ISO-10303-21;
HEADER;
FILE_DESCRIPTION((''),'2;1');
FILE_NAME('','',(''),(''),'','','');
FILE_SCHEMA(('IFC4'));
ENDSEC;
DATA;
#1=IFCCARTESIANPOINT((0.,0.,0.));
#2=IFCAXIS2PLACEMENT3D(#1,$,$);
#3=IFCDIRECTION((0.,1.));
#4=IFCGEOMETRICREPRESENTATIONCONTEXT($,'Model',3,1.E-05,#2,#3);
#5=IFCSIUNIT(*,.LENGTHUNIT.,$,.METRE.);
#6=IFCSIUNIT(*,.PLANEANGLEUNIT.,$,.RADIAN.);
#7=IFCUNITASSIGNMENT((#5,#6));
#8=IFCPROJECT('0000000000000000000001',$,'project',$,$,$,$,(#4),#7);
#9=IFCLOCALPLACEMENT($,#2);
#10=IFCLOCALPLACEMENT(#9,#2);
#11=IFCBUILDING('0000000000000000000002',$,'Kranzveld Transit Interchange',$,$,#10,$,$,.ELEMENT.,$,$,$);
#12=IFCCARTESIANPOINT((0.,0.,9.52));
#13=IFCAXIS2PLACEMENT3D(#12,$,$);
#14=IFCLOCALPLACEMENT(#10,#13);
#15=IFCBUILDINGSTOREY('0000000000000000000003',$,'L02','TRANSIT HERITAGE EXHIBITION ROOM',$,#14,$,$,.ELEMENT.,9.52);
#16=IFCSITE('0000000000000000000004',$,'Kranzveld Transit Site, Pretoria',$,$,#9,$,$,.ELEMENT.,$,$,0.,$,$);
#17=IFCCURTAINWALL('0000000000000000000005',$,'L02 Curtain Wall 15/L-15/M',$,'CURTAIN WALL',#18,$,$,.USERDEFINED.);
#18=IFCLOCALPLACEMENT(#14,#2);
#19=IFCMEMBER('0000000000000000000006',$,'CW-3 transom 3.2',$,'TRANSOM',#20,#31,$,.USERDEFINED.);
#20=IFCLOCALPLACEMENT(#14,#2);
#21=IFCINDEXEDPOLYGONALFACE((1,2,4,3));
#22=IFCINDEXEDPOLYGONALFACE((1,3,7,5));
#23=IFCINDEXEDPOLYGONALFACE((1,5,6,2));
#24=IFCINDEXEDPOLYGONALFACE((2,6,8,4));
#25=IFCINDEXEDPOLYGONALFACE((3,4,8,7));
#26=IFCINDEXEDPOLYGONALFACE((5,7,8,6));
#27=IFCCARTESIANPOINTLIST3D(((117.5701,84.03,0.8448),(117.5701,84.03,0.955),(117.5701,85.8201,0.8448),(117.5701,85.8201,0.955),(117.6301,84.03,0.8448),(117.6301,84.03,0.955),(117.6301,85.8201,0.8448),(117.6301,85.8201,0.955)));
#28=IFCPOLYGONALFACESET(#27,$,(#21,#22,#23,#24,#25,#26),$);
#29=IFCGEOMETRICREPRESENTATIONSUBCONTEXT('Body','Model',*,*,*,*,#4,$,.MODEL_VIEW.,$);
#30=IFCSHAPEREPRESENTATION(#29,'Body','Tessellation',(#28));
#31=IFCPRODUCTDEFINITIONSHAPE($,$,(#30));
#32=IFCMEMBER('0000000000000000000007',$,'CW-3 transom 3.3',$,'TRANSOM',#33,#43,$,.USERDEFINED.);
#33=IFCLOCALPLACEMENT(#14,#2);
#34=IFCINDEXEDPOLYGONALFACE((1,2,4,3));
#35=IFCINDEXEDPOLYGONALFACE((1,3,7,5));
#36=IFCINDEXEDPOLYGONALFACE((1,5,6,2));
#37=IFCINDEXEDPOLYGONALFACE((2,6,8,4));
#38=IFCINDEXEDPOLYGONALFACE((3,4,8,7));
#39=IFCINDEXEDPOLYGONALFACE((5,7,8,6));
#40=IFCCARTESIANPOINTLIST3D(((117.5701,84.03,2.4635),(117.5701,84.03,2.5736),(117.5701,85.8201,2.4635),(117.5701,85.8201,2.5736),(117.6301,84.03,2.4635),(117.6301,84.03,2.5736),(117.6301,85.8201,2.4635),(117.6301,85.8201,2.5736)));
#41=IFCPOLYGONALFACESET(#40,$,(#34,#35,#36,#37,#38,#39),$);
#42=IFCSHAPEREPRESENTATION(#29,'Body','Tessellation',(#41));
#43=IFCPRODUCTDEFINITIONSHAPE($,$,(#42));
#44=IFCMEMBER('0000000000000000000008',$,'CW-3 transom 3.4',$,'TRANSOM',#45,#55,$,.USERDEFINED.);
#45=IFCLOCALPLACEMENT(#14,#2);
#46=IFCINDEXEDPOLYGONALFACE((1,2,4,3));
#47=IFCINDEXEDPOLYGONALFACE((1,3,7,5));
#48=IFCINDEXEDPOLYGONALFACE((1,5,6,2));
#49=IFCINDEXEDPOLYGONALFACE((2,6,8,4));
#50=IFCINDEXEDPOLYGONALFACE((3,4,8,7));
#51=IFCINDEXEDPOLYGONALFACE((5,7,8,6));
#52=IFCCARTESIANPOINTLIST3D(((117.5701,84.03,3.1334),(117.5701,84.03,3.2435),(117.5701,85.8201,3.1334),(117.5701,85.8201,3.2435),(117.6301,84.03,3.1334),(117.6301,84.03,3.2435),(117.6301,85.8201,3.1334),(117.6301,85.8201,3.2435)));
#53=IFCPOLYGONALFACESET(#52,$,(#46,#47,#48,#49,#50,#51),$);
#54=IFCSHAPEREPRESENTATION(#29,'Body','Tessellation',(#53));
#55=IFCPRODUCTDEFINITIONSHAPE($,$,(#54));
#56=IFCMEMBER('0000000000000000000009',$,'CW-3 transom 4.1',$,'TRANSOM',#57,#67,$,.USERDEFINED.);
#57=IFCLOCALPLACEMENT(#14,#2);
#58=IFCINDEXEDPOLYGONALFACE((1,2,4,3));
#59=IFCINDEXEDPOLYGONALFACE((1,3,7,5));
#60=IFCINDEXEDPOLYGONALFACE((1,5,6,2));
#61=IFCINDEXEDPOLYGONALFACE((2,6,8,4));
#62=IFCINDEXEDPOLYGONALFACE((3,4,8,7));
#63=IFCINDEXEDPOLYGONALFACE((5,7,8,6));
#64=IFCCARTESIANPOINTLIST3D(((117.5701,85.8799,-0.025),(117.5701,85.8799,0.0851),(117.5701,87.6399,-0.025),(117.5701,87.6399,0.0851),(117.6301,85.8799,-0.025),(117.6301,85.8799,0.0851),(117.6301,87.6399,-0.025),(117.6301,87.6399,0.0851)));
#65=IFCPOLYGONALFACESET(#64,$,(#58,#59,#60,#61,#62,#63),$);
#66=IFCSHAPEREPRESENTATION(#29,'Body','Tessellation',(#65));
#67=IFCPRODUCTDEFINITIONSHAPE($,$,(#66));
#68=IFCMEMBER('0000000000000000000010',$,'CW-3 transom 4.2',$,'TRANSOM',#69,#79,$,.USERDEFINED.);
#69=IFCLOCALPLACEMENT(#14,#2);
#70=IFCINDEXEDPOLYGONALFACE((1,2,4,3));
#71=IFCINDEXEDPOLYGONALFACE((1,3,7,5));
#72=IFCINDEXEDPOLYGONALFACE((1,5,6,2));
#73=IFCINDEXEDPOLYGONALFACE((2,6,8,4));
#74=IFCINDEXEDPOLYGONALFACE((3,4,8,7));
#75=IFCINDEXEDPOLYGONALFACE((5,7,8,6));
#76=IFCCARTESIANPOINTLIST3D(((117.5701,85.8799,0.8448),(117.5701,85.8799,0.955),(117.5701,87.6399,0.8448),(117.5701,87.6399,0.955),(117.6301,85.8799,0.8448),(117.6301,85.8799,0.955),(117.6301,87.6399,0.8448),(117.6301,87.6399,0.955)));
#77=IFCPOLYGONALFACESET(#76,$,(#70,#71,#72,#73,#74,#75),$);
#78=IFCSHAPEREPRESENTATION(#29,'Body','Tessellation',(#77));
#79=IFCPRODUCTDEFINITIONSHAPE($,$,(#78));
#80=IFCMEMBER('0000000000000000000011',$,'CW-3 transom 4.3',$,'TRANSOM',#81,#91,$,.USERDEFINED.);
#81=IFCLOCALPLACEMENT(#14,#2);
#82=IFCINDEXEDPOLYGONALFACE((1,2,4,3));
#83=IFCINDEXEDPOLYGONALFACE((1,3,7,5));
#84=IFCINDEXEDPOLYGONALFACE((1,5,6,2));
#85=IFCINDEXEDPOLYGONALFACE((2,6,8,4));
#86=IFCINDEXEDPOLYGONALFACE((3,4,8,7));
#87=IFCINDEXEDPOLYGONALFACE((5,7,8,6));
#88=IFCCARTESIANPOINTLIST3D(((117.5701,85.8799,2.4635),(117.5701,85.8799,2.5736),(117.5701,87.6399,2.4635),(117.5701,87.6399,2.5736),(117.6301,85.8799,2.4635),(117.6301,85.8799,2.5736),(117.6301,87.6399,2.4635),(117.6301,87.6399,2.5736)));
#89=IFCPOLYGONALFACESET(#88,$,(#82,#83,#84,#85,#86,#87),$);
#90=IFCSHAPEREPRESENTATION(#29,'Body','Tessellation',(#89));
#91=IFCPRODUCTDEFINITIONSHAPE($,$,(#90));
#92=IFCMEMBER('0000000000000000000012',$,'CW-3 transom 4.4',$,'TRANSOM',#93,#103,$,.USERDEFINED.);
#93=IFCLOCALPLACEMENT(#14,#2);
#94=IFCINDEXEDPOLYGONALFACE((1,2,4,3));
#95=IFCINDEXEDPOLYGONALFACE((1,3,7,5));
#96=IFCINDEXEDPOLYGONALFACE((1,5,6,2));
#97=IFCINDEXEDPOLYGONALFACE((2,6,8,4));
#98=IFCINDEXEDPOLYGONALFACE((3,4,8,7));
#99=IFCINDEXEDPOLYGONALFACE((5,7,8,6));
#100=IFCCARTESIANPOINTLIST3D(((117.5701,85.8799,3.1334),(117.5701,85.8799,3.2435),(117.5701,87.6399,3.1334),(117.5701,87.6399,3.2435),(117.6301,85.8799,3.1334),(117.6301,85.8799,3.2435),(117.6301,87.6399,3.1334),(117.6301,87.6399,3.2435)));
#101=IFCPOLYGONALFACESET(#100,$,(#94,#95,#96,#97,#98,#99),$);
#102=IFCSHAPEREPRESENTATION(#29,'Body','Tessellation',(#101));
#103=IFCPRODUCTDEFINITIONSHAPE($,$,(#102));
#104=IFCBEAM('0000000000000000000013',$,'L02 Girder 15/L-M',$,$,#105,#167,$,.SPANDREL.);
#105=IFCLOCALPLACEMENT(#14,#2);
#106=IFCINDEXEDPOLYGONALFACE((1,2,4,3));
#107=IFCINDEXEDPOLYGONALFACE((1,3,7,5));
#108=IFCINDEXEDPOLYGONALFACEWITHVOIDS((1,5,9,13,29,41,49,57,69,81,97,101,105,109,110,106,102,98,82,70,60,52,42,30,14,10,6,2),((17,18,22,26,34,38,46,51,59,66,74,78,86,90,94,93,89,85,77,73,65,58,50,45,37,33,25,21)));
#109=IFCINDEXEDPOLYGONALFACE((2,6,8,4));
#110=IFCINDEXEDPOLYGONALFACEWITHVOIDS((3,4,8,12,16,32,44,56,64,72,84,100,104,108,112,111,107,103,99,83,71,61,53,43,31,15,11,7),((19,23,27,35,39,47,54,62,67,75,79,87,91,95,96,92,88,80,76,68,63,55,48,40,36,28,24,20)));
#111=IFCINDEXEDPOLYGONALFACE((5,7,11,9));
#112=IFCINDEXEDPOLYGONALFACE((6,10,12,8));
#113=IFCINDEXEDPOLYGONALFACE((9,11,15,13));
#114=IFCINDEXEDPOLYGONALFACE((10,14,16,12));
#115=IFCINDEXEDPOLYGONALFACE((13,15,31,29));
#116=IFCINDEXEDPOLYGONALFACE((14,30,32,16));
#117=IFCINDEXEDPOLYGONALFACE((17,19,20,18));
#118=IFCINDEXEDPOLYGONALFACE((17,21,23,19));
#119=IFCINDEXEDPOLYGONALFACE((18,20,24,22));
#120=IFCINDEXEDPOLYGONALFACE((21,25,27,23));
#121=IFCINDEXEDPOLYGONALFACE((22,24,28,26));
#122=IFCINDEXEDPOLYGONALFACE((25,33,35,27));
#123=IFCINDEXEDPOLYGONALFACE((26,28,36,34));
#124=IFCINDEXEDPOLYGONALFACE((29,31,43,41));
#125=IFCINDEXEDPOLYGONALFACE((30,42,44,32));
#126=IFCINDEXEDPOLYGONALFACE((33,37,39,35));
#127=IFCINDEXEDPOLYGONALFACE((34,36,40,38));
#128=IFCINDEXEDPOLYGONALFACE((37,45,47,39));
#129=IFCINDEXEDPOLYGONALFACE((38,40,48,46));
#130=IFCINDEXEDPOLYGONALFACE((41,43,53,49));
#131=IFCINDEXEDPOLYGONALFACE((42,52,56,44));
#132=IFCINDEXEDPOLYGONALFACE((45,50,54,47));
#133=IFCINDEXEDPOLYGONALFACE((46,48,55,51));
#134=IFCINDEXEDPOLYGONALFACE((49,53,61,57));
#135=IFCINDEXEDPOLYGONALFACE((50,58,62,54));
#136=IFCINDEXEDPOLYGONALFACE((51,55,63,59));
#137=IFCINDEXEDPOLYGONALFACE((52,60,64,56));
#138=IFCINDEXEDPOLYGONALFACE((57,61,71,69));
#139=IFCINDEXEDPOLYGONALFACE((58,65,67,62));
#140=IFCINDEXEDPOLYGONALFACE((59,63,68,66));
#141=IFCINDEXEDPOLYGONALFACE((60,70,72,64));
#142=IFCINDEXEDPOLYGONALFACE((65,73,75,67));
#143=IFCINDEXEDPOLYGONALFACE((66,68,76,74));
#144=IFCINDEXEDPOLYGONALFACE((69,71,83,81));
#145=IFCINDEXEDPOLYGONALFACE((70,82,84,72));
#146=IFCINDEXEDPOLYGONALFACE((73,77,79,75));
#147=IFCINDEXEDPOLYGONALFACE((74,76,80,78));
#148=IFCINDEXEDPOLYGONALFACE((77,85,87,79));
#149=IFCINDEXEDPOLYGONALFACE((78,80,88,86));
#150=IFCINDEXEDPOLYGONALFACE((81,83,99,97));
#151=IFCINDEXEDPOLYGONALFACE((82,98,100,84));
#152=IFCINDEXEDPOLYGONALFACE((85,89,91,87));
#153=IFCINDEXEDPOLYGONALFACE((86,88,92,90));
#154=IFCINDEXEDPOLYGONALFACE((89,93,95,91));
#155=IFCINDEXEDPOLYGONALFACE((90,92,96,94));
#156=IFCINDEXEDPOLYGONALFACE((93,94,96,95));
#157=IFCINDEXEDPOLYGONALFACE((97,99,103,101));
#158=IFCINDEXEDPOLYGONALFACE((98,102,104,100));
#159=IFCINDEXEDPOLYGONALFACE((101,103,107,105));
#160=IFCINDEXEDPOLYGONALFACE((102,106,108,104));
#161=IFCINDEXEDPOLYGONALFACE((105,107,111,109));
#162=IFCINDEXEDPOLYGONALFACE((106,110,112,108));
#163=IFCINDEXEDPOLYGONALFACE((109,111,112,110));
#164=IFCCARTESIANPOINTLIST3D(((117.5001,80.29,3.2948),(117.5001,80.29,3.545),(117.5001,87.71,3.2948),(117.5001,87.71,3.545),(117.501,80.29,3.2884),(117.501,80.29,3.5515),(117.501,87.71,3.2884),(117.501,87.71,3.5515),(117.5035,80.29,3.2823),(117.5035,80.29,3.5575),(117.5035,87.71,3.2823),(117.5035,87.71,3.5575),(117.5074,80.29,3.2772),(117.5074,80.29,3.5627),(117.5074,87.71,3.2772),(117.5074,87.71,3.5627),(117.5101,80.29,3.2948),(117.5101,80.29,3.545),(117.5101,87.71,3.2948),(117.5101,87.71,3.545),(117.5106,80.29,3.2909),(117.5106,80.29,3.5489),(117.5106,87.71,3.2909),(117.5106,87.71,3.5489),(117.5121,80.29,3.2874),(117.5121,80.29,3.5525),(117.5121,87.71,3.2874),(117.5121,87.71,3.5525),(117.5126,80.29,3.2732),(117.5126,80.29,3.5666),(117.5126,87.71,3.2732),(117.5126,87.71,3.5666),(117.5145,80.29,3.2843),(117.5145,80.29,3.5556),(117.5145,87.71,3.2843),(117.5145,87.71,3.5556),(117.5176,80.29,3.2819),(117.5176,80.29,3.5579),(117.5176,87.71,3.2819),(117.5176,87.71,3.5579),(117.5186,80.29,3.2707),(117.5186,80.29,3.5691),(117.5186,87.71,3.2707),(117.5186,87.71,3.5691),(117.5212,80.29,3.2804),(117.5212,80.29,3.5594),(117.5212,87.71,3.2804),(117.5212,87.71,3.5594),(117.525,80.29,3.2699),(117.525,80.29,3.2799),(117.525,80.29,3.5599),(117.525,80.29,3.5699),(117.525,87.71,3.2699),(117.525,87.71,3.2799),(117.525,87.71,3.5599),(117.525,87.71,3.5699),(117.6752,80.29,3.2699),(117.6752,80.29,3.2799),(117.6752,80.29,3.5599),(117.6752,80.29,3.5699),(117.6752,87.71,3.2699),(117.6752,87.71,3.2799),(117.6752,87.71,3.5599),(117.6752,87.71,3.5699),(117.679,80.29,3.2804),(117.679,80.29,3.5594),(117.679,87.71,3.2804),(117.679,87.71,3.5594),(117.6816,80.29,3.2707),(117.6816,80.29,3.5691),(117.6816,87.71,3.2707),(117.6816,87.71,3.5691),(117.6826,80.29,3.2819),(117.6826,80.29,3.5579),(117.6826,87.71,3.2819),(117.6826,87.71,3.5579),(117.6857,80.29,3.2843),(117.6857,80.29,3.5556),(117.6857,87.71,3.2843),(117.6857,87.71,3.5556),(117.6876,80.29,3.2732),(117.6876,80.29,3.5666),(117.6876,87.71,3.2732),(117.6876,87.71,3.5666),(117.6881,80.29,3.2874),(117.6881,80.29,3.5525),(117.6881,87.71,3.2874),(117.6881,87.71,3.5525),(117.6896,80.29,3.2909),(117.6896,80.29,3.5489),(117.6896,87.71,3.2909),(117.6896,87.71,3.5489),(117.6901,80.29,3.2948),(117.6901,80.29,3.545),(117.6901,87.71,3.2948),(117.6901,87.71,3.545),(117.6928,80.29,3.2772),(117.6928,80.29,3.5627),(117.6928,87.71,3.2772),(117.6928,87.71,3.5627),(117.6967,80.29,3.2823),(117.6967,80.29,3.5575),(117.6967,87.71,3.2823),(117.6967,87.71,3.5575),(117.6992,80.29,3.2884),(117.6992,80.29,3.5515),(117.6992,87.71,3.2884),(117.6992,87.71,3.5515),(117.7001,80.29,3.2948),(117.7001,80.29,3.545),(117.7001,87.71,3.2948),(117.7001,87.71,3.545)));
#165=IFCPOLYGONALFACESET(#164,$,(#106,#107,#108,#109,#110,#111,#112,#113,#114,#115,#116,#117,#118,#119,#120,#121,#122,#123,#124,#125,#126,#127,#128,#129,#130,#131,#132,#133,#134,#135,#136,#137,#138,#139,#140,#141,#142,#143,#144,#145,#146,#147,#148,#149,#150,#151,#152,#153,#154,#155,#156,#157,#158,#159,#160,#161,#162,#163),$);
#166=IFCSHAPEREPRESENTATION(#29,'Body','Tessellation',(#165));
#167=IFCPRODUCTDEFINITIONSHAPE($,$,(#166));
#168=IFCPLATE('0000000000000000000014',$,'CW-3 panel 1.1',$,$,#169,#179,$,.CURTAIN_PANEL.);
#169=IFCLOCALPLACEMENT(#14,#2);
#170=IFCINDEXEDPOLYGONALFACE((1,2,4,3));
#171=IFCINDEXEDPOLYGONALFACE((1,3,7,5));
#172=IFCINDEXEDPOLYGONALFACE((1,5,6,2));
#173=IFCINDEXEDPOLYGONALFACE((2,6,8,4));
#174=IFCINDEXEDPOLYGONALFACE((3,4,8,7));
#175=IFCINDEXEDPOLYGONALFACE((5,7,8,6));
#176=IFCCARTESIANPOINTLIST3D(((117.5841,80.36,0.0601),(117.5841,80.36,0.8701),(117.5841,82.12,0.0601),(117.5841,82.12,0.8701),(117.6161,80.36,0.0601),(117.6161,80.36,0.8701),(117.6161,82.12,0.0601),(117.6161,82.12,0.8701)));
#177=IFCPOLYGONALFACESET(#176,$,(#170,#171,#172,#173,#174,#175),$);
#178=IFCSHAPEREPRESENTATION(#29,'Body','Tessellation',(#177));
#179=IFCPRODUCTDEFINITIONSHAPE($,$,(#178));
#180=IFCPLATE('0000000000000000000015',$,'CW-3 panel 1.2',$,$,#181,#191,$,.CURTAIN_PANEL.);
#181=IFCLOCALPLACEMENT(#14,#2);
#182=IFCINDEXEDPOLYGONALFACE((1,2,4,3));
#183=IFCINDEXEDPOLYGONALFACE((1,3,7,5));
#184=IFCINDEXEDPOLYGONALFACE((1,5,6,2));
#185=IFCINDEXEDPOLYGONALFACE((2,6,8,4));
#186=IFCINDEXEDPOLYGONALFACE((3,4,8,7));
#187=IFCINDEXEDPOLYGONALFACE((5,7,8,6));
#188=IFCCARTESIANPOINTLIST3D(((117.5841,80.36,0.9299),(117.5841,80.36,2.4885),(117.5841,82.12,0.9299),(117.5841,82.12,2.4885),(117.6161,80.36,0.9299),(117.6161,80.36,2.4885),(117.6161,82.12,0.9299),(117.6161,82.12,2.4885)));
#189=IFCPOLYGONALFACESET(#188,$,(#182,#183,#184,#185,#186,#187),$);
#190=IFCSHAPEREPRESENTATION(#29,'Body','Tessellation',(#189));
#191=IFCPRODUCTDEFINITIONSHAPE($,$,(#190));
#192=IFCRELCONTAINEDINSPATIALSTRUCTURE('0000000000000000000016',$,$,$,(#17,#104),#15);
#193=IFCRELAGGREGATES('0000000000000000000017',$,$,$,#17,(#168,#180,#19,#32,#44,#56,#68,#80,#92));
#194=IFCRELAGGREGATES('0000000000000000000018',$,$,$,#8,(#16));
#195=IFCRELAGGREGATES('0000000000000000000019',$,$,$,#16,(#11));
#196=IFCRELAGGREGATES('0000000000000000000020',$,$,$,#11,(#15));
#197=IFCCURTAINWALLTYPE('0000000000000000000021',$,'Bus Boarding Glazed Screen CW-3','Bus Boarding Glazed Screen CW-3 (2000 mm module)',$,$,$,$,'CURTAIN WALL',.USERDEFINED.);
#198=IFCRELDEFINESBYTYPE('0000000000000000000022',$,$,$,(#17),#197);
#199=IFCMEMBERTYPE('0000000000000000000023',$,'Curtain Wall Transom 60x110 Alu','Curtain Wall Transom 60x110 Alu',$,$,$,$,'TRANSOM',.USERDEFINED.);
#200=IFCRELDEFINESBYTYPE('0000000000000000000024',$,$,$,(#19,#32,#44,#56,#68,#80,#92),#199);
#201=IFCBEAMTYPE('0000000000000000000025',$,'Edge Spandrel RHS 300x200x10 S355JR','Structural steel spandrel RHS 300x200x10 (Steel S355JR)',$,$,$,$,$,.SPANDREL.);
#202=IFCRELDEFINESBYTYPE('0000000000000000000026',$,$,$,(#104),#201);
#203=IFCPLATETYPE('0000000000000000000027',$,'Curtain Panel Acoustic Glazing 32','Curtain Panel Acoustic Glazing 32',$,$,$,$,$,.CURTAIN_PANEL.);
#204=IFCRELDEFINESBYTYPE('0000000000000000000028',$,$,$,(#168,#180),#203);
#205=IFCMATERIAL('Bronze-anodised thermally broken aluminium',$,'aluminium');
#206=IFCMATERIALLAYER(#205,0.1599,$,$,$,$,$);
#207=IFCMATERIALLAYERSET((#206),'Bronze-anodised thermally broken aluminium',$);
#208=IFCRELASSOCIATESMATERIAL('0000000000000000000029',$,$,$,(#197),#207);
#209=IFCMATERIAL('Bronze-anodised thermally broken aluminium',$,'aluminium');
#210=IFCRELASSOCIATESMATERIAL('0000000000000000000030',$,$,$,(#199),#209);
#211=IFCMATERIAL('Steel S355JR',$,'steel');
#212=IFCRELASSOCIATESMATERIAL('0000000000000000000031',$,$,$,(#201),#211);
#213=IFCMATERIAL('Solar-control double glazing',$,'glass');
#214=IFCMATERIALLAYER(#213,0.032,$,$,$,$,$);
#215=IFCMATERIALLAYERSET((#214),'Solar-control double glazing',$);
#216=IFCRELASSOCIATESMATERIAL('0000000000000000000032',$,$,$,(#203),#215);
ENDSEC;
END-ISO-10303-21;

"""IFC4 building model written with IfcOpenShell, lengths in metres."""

from ifc_helpers import new_model, si_unit, direction, frame, origin, origin_2d, place, context, subcontext, project, spatial, rectangle, hollow_rectangle, extrude, material, layer, layer_set, material_profile, profile_set, type_object, element, aggregate, save


model = new_model("IFC4")

# Units and contexts
model_context = context("Model", 3, precision=1e-05, world=origin(), true_north=direction((0.0, 1.0)))
body_context = subcontext(model_context, "Body", "Model", "MODEL_VIEW")
ifc_project = project(units=[si_unit("LENGTHUNIT", "METRE"), si_unit("PLANEANGLEUNIT", "RADIAN")], contexts=[model_context])

# Site, building, storey
site_placement = place(None, origin())
site = spatial("IfcSite", under=ifc_project, at=site_placement, Name="Kranzveld Transit Site, Pretoria", CompositionType="ELEMENT", RefElevation=0.0)
building_placement = place(site_placement, origin())
building = spatial("IfcBuilding", under=site, at=building_placement, Name="Kranzveld Transit Interchange", CompositionType="ELEMENT")
storey_placement = place(building_placement, frame((0.0, 0.0, 9.52)))
storey = spatial("IfcBuildingStorey", under=building, at=storey_placement, Name="L02", Description="TRANSIT HERITAGE EXHIBITION ROOM", CompositionType="ELEMENT", Elevation=9.52)

# Curtain wall, members
ifc_material_1 = material(Name="Bronze-anodised thermally broken aluminium", Category="aluminium")
ifc_layer_1 = layer(ifc_material_1, 0.1599)
ifc_layer_set_1 = layer_set([ifc_layer_1], Name="Bronze-anodised thermally broken aluminium")
curtain_wall_type = type_object("IfcCurtainWallType", Name="Bus Boarding Glazed Screen CW-3", Description="Bus Boarding Glazed Screen CW-3 (2000 mm module)", ElementType="CURTAIN WALL", PredefinedType="USERDEFINED", material=ifc_layer_set_1)
curtain_wall_placement = place(storey_placement, origin())
curtain_wall = element("IfcCurtainWall", 1, at=curtain_wall_placement, inside=storey, type_object=curtain_wall_type, Name="L02 Curtain Wall 15/L-15/M", ObjectType="CURTAIN WALL", PredefinedType="USERDEFINED")
ifc_material_2 = material(Name="Bronze-anodised thermally broken aluminium", Category="aluminium")
ifc_material_profile_1 = material_profile(ifc_material_2, rectangle(XDim=0.0601, YDim=0.1101, at=origin_2d()), Name="ALU TRANSOM 60x110")
ifc_profile_set_1 = profile_set([ifc_material_profile_1], Name="Bronze-anodised thermally broken aluminium")
member_type_1 = type_object("IfcMemberType", Name="Curtain Wall Transom 60x110 Alu", Description="Curtain Wall Transom 60x110 Alu", ElementType="TRANSOM", PredefinedType="USERDEFINED", material=ifc_profile_set_1)
member_1_placement = place(storey_placement, frame((117.6001, 84.03, 0.8999), z_axis=(0.0, 1.0, 0.0), x_axis=(-1.0, 0.0, 0.0)))
member_1 = element("IfcMember", 2, at=member_1_placement, type_object=member_type_1, Name="CW-3 transom 3.2", ObjectType="TRANSOM", PredefinedType="USERDEFINED", context=body_context, shape_type="SweptSolid", body=[
    extrude(rectangle(XDim=0.0601, YDim=0.1101, at=origin_2d()), origin(), (0.0, 0.0, 1.0), 1.79),
])
member_2_placement = place(storey_placement, frame((117.6001, 84.03, 2.5186), z_axis=(0.0, 1.0, 0.0), x_axis=(-1.0, 0.0, 0.0)))
member_2 = element("IfcMember", 3, at=member_2_placement, type_object=member_type_1, Name="CW-3 transom 3.3", ObjectType="TRANSOM", PredefinedType="USERDEFINED", context=body_context, shape_type="SweptSolid", body=[
    extrude(rectangle(XDim=0.0601, YDim=0.1101, at=origin_2d()), origin(), (0.0, 0.0, 1.0), 1.79),
])
member_3_placement = place(storey_placement, frame((117.6001, 84.03, 3.1885), z_axis=(0.0, 1.0, 0.0), x_axis=(-1.0, 0.0, 0.0)))
member_3 = element("IfcMember", 4, at=member_3_placement, type_object=member_type_1, Name="CW-3 transom 3.4", ObjectType="TRANSOM", PredefinedType="USERDEFINED", context=body_context, shape_type="SweptSolid", body=[
    extrude(rectangle(XDim=0.0601, YDim=0.1101, at=origin_2d()), origin(), (0.0, 0.0, 1.0), 1.79),
])
member_4_placement = place(storey_placement, frame((117.6001, 85.8799, 0.03), z_axis=(0.0, 1.0, 0.0), x_axis=(-1.0, 0.0, 0.0)))
member_4 = element("IfcMember", 5, at=member_4_placement, type_object=member_type_1, Name="CW-3 transom 4.1", ObjectType="TRANSOM", PredefinedType="USERDEFINED", context=body_context, shape_type="SweptSolid", body=[
    extrude(rectangle(XDim=0.0601, YDim=0.1101, at=origin_2d()), origin(), (0.0, 0.0, 1.0), 1.76),
])
member_5_placement = place(storey_placement, frame((117.6001, 85.8799, 0.8999), z_axis=(0.0, 1.0, 0.0), x_axis=(-1.0, 0.0, 0.0)))
member_5 = element("IfcMember", 6, at=member_5_placement, type_object=member_type_1, Name="CW-3 transom 4.2", ObjectType="TRANSOM", PredefinedType="USERDEFINED", context=body_context, shape_type="SweptSolid", body=[
    extrude(rectangle(XDim=0.0601, YDim=0.1101, at=origin_2d()), origin(), (0.0, 0.0, 1.0), 1.76),
])
member_6_placement = place(storey_placement, frame((117.6001, 85.8799, 2.5186), z_axis=(0.0, 1.0, 0.0), x_axis=(-1.0, 0.0, 0.0)))
member_6 = element("IfcMember", 7, at=member_6_placement, type_object=member_type_1, Name="CW-3 transom 4.3", ObjectType="TRANSOM", PredefinedType="USERDEFINED", context=body_context, shape_type="SweptSolid", body=[
    extrude(rectangle(XDim=0.0601, YDim=0.1101, at=origin_2d()), origin(), (0.0, 0.0, 1.0), 1.76),
])
member_7_placement = place(storey_placement, frame((117.6001, 85.8799, 3.1885), z_axis=(0.0, 1.0, 0.0), x_axis=(-1.0, 0.0, 0.0)))
member_7 = element("IfcMember", 8, at=member_7_placement, type_object=member_type_1, Name="CW-3 transom 4.4", ObjectType="TRANSOM", PredefinedType="USERDEFINED", context=body_context, shape_type="SweptSolid", body=[
    extrude(rectangle(XDim=0.0601, YDim=0.1101, at=origin_2d()), origin(), (0.0, 0.0, 1.0), 1.76),
])

# Beam
ifc_material_3 = material(Name="Steel S355JR", Category="steel")
ifc_material_profile_2 = material_profile(ifc_material_3, hollow_rectangle(XDim=0.2, YDim=0.3, WallThickness=0.01, InnerFilletRadius=0.0149, OuterFilletRadius=0.0249, at=origin_2d()), Name="RHS 300x200x10")
ifc_profile_set_2 = profile_set([ifc_material_profile_2], Name="Steel S355JR")
beam_type = type_object("IfcBeamType", Name="Edge Spandrel RHS 300x200x10 S355JR", Description="Structural steel spandrel RHS 300x200x10 (Steel S355JR)", PredefinedType="SPANDREL", material=ifc_profile_set_2)
beam_placement = place(storey_placement, frame((117.6001, 80.29, 3.4199), z_axis=(0.0, 1.0, 0.0), x_axis=(-1.0, 0.0, 0.0)))
element("IfcBeam", 9, at=beam_placement, inside=storey, type_object=beam_type, Name="L02 Girder 15/L-M", PredefinedType="SPANDREL", context=body_context, shape_type="SweptSolid", body=[
    extrude(hollow_rectangle(XDim=0.2, YDim=0.3, WallThickness=0.01, InnerFilletRadius=0.0149, OuterFilletRadius=0.0249, at=origin_2d()), origin(), (0.0, 0.0, 1.0), 7.4199),
])

# Plates
ifc_material_4 = material(Name="Solar-control double glazing", Category="glass")
ifc_layer_2 = layer(ifc_material_4, 0.032)
ifc_layer_set_2 = layer_set([ifc_layer_2], Name="Solar-control double glazing")
plate_type = type_object("IfcPlateType", Name="Curtain Panel Acoustic Glazing 32", Description="Curtain Panel Acoustic Glazing 32", PredefinedType="CURTAIN_PANEL", material=ifc_layer_set_2)
plate_1_placement = place(storey_placement, frame((117.6001, 81.24, 0.0601), z_axis=(0.0, 0.0, 1.0), x_axis=(0.0, 1.0, 0.0)))
plate_1 = element("IfcPlate", 10, at=plate_1_placement, type_object=plate_type, Name="CW-3 panel 1.1", PredefinedType="CURTAIN_PANEL", context=body_context, shape_type="SweptSolid", body=[
    extrude(rectangle(XDim=1.76, YDim=0.032, at=origin_2d()), origin(), (0.0, 0.0, 1.0), 0.8101),
])
plate_2_placement = place(storey_placement, frame((117.6001, 81.24, 0.9299), z_axis=(0.0, 0.0, 1.0), x_axis=(0.0, 1.0, 0.0)))
plate_2 = element("IfcPlate", 11, at=plate_2_placement, type_object=plate_type, Name="CW-3 panel 1.2", PredefinedType="CURTAIN_PANEL", context=body_context, shape_type="SweptSolid", body=[
    extrude(rectangle(XDim=1.76, YDim=0.032, at=origin_2d()), origin(), (0.0, 0.0, 1.0), 1.5586),
])
aggregate(curtain_wall, [plate_1, plate_2, member_1, member_2, member_3, member_4, member_5, member_6, member_7])

save(model, "model.ifc")
